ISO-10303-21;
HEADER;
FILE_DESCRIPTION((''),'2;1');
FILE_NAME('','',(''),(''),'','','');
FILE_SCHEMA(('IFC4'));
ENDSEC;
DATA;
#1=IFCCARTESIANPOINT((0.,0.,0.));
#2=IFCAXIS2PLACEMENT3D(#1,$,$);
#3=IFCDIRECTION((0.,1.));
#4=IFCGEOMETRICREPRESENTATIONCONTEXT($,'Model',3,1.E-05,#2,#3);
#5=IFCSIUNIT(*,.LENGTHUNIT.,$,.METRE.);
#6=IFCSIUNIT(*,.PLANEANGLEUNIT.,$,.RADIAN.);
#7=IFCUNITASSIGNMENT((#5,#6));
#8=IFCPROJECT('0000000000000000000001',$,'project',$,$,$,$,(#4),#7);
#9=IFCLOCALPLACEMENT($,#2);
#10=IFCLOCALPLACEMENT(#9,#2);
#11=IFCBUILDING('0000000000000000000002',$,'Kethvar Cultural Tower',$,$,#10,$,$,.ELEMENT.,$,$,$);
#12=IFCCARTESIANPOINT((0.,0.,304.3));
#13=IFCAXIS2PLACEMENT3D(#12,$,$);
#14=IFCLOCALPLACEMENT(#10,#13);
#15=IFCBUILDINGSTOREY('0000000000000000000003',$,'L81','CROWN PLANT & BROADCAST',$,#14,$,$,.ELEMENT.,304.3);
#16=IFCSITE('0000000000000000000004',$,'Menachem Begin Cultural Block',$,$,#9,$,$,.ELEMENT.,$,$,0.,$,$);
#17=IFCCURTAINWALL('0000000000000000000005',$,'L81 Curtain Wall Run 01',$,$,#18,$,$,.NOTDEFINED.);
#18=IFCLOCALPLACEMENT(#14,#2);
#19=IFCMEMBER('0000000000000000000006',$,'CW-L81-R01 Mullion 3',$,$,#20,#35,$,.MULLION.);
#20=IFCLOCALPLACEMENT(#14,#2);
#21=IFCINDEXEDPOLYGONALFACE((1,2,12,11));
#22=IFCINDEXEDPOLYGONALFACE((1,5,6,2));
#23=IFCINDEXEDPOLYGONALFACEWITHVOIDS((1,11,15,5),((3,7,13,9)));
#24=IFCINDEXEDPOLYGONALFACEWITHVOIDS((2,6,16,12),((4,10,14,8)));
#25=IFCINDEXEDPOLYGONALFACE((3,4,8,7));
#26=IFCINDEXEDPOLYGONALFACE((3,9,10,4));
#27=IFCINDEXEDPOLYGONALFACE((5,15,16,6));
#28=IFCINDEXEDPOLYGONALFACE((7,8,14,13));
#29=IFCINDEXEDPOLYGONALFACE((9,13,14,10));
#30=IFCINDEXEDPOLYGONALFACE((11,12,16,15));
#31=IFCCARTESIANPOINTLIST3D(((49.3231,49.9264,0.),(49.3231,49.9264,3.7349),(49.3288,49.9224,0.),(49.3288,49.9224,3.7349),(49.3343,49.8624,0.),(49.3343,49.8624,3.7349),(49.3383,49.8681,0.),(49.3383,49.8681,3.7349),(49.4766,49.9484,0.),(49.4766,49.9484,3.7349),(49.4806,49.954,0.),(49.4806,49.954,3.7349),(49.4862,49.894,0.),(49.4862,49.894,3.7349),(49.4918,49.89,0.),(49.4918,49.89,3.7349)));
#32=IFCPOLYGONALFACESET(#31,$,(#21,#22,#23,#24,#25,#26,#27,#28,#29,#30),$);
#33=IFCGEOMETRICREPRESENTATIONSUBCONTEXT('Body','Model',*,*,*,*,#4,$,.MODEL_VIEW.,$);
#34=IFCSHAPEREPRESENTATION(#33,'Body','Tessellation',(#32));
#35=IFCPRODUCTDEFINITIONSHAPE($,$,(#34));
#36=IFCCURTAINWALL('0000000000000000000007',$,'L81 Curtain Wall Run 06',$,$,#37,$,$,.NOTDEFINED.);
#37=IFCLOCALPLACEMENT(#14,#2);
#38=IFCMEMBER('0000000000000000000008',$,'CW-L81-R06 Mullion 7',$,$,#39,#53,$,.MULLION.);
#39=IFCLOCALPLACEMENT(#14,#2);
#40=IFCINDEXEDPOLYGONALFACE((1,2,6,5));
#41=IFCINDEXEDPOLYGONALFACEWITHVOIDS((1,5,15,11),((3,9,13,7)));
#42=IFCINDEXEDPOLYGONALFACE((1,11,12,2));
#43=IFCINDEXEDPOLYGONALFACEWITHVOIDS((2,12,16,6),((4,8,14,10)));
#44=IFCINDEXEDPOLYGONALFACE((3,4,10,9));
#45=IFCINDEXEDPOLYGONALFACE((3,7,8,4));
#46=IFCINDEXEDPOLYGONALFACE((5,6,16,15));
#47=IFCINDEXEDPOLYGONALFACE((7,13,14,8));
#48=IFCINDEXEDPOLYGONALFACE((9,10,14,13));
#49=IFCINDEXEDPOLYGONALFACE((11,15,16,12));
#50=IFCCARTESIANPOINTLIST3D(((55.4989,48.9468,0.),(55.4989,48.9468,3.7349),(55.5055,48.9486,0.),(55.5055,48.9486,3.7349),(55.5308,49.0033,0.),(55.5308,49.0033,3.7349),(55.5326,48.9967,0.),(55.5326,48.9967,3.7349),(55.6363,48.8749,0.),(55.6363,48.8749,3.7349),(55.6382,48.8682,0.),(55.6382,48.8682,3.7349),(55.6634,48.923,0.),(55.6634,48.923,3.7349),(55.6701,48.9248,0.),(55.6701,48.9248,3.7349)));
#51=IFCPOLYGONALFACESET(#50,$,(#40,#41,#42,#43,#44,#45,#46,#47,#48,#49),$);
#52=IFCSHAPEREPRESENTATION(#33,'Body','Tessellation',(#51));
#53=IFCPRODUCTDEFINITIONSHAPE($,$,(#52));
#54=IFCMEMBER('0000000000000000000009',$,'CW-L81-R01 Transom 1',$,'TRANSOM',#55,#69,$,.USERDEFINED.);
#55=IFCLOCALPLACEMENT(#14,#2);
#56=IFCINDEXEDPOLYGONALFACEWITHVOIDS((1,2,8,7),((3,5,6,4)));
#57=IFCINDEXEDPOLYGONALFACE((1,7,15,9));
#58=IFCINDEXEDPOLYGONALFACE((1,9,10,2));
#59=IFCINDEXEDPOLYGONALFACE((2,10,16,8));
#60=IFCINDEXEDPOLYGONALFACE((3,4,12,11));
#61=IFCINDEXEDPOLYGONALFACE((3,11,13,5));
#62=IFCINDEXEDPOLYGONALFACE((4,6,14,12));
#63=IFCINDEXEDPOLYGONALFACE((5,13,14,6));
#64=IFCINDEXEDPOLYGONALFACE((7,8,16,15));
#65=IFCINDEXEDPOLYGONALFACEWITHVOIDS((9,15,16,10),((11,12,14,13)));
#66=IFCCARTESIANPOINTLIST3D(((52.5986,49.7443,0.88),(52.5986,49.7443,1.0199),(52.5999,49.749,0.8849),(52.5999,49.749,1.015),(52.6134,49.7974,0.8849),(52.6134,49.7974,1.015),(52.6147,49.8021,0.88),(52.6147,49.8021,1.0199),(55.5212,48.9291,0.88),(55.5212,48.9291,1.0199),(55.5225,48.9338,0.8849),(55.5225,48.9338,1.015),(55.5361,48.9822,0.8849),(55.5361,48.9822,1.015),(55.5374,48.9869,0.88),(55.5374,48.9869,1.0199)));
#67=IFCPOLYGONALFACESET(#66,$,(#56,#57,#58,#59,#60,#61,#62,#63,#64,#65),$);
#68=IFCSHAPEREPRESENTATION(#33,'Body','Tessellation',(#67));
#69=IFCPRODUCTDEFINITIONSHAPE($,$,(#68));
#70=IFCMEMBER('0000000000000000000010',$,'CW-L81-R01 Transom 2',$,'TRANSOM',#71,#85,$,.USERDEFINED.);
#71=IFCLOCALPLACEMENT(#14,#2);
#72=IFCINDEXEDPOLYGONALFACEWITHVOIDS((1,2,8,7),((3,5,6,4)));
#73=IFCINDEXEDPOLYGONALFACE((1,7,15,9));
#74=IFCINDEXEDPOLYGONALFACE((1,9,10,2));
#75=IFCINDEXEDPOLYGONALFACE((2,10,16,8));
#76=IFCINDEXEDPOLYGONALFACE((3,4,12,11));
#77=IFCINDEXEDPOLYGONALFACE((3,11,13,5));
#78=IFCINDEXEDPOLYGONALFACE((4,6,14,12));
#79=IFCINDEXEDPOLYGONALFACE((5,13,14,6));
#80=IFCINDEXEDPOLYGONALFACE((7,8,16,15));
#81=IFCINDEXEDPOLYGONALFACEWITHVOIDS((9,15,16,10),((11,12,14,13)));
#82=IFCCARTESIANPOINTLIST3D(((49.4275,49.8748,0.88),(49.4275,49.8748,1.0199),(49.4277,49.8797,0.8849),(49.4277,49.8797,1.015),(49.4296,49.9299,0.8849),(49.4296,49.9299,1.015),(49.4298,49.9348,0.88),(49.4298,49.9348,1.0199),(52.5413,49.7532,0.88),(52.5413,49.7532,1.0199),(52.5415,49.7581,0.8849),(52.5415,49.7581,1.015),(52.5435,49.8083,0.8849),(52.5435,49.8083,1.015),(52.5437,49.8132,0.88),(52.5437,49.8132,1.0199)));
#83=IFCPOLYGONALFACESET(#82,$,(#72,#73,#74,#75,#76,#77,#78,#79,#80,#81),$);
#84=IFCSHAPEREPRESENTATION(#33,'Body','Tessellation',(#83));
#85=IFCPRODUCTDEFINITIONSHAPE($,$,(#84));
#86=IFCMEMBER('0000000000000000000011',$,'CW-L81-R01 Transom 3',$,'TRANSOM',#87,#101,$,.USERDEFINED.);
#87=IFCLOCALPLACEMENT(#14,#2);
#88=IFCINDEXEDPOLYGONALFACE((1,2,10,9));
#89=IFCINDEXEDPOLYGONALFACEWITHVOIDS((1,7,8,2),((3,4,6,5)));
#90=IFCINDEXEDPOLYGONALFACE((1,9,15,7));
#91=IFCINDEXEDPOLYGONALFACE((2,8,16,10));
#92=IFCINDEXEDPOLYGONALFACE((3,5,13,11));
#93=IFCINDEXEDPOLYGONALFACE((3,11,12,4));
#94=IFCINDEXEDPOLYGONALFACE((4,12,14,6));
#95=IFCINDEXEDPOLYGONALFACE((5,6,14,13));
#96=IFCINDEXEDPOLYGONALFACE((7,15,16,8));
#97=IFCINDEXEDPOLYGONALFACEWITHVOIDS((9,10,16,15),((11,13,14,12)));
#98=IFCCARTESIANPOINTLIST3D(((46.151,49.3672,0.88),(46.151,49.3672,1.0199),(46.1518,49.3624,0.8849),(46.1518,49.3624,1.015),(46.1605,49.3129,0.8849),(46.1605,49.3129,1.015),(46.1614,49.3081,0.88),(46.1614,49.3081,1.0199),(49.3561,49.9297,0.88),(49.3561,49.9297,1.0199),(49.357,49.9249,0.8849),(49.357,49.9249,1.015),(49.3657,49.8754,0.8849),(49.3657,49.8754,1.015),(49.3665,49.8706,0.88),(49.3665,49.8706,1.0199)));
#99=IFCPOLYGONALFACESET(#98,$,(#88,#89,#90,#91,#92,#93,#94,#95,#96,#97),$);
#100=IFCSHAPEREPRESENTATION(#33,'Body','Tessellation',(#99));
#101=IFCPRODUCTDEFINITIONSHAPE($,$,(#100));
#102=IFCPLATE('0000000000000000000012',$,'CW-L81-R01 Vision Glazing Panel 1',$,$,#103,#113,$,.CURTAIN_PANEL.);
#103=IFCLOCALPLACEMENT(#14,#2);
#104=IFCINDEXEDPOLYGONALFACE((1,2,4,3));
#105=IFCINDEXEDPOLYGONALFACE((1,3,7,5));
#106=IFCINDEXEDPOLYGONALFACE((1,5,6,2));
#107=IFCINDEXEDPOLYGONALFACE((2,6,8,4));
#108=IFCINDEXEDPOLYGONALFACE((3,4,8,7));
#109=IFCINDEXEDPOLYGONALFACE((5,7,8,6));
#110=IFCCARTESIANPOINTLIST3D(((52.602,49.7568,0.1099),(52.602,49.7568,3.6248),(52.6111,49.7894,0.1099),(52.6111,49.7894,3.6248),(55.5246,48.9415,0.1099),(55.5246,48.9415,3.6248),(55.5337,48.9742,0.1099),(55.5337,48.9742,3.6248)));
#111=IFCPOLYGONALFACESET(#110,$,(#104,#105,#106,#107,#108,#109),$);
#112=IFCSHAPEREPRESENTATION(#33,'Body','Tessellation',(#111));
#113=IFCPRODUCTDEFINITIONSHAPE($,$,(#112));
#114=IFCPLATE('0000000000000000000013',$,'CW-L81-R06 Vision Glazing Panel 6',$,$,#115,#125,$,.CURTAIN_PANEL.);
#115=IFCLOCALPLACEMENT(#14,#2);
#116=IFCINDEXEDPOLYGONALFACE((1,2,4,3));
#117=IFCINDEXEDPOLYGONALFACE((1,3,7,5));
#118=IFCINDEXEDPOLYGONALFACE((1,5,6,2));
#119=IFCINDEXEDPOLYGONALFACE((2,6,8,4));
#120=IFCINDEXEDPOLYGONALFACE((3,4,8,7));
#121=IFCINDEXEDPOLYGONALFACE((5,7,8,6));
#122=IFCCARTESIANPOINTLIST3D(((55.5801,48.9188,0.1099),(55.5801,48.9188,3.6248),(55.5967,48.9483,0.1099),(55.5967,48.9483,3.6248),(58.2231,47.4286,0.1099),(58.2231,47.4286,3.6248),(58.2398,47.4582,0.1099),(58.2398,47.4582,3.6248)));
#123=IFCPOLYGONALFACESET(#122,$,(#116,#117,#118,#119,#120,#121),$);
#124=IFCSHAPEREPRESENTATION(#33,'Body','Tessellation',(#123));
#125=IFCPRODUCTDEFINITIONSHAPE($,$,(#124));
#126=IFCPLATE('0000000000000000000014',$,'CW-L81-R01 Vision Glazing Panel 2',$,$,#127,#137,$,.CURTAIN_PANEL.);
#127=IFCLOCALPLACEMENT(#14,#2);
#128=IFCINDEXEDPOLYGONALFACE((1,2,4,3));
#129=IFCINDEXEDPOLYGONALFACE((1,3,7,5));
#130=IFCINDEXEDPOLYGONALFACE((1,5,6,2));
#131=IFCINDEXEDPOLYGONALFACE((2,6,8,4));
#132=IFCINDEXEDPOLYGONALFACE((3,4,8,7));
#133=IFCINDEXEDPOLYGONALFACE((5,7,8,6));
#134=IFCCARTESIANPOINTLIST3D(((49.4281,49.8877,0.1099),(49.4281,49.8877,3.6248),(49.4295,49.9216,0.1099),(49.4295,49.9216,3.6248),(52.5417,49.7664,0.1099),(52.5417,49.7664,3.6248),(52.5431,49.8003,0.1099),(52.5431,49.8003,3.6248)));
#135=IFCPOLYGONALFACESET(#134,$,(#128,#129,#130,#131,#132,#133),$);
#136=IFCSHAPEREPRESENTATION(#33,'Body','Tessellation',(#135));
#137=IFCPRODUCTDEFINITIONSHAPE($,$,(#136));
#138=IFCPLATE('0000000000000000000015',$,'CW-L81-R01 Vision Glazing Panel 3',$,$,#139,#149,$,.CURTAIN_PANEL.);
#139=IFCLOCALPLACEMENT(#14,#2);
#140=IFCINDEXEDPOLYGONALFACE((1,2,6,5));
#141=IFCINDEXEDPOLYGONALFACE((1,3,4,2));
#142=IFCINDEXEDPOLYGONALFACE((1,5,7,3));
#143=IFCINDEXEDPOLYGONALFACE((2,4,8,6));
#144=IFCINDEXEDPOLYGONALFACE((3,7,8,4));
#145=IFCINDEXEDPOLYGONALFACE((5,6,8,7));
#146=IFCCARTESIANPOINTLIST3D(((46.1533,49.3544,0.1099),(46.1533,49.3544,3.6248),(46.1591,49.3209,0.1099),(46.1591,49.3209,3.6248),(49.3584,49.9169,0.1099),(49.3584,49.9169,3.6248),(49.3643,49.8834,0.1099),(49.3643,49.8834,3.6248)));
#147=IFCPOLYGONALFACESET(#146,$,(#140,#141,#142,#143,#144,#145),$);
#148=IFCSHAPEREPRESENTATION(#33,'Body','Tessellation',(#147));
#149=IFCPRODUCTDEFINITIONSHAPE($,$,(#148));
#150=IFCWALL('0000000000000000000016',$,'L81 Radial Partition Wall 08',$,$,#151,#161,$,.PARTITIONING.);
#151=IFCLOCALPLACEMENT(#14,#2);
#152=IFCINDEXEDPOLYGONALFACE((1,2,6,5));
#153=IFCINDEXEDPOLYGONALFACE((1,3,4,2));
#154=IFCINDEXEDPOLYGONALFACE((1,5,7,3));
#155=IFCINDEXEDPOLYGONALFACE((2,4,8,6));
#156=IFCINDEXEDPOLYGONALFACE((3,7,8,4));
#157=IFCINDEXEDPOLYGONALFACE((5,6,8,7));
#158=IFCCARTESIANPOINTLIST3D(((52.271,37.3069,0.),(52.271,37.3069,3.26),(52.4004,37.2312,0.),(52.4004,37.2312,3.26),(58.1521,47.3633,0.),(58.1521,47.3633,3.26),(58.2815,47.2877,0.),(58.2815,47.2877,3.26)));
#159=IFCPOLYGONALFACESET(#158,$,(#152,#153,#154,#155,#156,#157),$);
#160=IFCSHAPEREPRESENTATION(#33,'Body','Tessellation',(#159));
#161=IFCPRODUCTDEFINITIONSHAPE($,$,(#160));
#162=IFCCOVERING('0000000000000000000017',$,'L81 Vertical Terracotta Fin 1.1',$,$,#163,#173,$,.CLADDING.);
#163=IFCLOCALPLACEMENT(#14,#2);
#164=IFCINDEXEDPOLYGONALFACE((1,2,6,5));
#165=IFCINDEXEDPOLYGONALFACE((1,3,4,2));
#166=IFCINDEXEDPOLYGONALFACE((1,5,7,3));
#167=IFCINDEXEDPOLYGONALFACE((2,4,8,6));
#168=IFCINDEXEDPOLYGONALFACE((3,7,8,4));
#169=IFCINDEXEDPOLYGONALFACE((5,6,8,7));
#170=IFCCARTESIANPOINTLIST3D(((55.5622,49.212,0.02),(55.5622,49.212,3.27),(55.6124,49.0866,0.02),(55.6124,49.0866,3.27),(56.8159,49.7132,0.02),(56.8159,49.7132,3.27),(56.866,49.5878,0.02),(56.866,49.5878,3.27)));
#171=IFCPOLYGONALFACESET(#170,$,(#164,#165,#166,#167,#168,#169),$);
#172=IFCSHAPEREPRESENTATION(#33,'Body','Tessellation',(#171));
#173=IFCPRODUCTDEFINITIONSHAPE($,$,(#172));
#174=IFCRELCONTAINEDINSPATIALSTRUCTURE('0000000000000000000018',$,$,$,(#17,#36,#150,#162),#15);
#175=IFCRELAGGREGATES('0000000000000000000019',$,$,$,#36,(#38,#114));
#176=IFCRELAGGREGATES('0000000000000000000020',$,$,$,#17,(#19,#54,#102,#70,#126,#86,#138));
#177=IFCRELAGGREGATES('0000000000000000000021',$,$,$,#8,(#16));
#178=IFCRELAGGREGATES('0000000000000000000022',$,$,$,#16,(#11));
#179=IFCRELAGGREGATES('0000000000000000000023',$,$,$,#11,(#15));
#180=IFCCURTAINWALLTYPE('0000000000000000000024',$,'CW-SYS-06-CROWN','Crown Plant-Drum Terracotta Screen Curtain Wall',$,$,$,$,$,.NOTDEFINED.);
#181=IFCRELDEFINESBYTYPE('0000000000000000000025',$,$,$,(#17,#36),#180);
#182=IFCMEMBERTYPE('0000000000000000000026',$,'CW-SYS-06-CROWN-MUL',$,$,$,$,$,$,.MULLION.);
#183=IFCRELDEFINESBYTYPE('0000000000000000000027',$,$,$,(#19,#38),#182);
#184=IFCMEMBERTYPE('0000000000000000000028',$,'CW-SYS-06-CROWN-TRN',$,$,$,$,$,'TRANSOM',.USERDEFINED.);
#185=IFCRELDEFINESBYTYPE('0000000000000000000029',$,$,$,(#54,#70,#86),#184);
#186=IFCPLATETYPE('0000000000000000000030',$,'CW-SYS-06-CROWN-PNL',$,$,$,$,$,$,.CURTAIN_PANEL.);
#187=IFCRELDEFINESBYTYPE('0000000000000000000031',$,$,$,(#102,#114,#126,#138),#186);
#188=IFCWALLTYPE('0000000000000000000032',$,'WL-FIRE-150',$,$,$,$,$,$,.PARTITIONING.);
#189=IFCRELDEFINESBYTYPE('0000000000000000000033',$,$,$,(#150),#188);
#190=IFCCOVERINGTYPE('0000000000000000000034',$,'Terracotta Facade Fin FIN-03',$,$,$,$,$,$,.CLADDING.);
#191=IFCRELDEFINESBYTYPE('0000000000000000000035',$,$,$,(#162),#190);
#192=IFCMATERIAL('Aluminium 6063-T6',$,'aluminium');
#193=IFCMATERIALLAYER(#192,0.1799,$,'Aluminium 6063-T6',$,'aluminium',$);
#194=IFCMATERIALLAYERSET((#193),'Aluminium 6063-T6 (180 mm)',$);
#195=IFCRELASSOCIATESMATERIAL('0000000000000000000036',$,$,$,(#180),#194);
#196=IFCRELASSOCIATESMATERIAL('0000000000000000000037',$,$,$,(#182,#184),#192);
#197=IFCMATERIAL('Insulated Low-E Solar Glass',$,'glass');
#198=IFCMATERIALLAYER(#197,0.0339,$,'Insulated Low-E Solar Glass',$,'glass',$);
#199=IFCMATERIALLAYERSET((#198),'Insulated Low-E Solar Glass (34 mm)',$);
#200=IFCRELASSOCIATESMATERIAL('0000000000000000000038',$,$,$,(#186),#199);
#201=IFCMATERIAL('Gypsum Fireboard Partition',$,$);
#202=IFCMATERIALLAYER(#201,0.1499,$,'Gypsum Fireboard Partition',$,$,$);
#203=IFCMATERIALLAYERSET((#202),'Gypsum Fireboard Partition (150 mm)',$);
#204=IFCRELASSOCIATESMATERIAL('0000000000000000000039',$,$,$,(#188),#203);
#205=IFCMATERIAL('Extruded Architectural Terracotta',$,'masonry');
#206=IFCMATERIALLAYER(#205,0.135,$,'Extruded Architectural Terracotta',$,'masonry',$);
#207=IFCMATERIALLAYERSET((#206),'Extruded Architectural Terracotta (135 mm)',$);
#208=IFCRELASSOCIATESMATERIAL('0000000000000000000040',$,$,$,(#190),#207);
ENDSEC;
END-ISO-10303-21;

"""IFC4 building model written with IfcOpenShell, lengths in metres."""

from ifc_helpers import new_model, si_unit, direction, frame, frame_2d, origin, origin_2d, place, context, subcontext, project, spatial, rectangle, hollow_rectangle, extrude, source, transform, mapped, material, layer, layer_set, material_profile, profile_set, type_object, element, aggregate, save


model = new_model("IFC4")

# Units and contexts
model_context = context("Model", 3, precision=1e-05, world=origin(), true_north=direction((0.0, 1.0)))
body_context = subcontext(model_context, "Body", "Model", "MODEL_VIEW")
ifc_project = project(units=[si_unit("LENGTHUNIT", "METRE"), si_unit("PLANEANGLEUNIT", "RADIAN")], contexts=[model_context])

# Site, building, storey
site_placement = place(None, origin())
site = spatial("IfcSite", under=ifc_project, at=site_placement, Name="Menachem Begin Cultural Block", CompositionType="ELEMENT", RefElevation=0.0)
building_placement = place(site_placement, origin())
building = spatial("IfcBuilding", under=site, at=building_placement, Name="Kethvar Cultural Tower", CompositionType="ELEMENT")
storey_placement = place(building_placement, frame((0.0, 0.0, 304.3)))
storey = spatial("IfcBuildingStorey", under=building, at=storey_placement, Name="L81", Description="CROWN PLANT & BROADCAST", CompositionType="ELEMENT", Elevation=304.3)

# Curtain wall, member
ifc_material_1 = material(Name="Aluminium 6063-T6", Category="aluminium")
ifc_layer_1 = layer(ifc_material_1, 0.1799, Name="Aluminium 6063-T6", Category="aluminium")
ifc_layer_set_1 = layer_set([ifc_layer_1], Name="Aluminium 6063-T6 (180 mm)")
curtain_wall_type = type_object("IfcCurtainWallType", Name="CW-SYS-06-CROWN", Description="Crown Plant-Drum Terracotta Screen Curtain Wall", PredefinedType="NOTDEFINED", material=ifc_layer_set_1)
curtain_wall_1_placement = place(storey_placement, origin())
curtain_wall_1 = element("IfcCurtainWall", 1, at=curtain_wall_1_placement, inside=storey, type_object=curtain_wall_type, Name="L81 Curtain Wall Run 01", PredefinedType="NOTDEFINED")
ifc_material_profile_1 = material_profile(ifc_material_1, hollow_rectangle(XDim=0.0649, YDim=0.1599, WallThickness=0.0049, at=origin_2d()), Name="Aluminium 6063-T6 — RHS160x65x5")
ifc_profile_set_1 = profile_set([ifc_material_profile_1], Name="Aluminium 6063-T6 — RHS160x65x5")
member_type_1 = type_object("IfcMemberType", Name="CW-SYS-06-CROWN-MUL", PredefinedType="MULLION", material=ifc_profile_set_1)
shared_shape_1 = source(origin(), body_context, "Body", "SweptSolid", [
    extrude(hollow_rectangle(XDim=0.0649, YDim=0.1599, WallThickness=0.0049, at=origin_2d()), origin(), (0.0, 0.0, 1.0), 3.7349),
])
member_1_placement = place(storey_placement, frame((49.4075, 49.9082, 0.0), z_axis=(0.0, 0.0, 1.0), x_axis=(0.172857, -0.984947, 0.0)))
member_1 = element("IfcMember", 2, at=member_1_placement, type_object=member_type_1, Name="CW-L81-R01 Mullion 3", PredefinedType="MULLION", context=body_context, shape_type="MappedRepresentation", body=[
    mapped(shared_shape_1, transform((0.0, 0.0, 0.0), scale=1.0)),
])

# Curtain wall, member
curtain_wall_2_placement = place(storey_placement, origin())
curtain_wall_2 = element("IfcCurtainWall", 3, at=curtain_wall_2_placement, inside=storey, type_object=curtain_wall_type, Name="L81 Curtain Wall Run 06", PredefinedType="NOTDEFINED")
member_2_placement = place(storey_placement, frame((55.5845, 48.9358, 0.0), z_axis=(0.0, 0.0, 1.0), x_axis=(-0.491117, -0.871094, 0.0)))
member_2 = element("IfcMember", 4, at=member_2_placement, type_object=member_type_1, Name="CW-L81-R06 Mullion 7", PredefinedType="MULLION", context=body_context, shape_type="MappedRepresentation", body=[
    mapped(shared_shape_1, transform((0.0, 0.0, 0.0), scale=1.0)),
])

# Members
ifc_material_profile_2 = material_profile(ifc_material_1, hollow_rectangle(XDim=0.0601, YDim=0.1399, WallThickness=0.0049, at=origin_2d()), Name="Aluminium 6063-T6 — RHS140x60x5")
ifc_profile_set_2 = profile_set([ifc_material_profile_2], Name="Aluminium 6063-T6 — RHS140x60x5")
member_type_2 = type_object("IfcMemberType", Name="CW-SYS-06-CROWN-TRN", ElementType="TRANSOM", PredefinedType="USERDEFINED", material=ifc_profile_set_2)
shared_shape_2 = source(origin(), body_context, "Body", "SweptSolid", [
    extrude(hollow_rectangle(XDim=0.0601, YDim=0.1399, WallThickness=0.0049, at=origin_2d()), origin(), (0.0, 0.0, 1.0), 3.0342),
])
member_3_placement = place(storey_placement, frame((55.5293, 48.958, 0.95), z_axis=(-0.963233, 0.268669, 0.0), x_axis=(-0.268669, -0.963233, 0.0)))
member_3 = element("IfcMember", 5, at=member_3_placement, type_object=member_type_2, Name="CW-L81-R01 Transom 1", ObjectType="TRANSOM", PredefinedType="USERDEFINED", context=body_context, shape_type="MappedRepresentation", body=[
    mapped(shared_shape_2, transform((0.0, 0.0, 0.0), scale=1.0)),
])
shared_shape_3 = source(origin(), body_context, "Body", "SweptSolid", [
    extrude(hollow_rectangle(XDim=0.0601, YDim=0.1399, WallThickness=0.0049, at=origin_2d()), origin(), (0.0, 0.0, 1.0), 3.1162),
])
member_4_placement = place(storey_placement, frame((52.5425, 49.7832, 0.95), z_axis=(-0.999239, 0.039017, 0.0), x_axis=(-0.039017, -0.999239, 0.0)))
member_4 = element("IfcMember", 6, at=member_4_placement, type_object=member_type_2, Name="CW-L81-R01 Transom 2", ObjectType="TRANSOM", PredefinedType="USERDEFINED", context=body_context, shape_type="MappedRepresentation", body=[
    mapped(shared_shape_3, transform((0.0, 0.0, 0.0), scale=1.0)),
])
shared_shape_4 = source(origin(), body_context, "Body", "SweptSolid", [
    extrude(hollow_rectangle(XDim=0.0601, YDim=0.1399, WallThickness=0.0049, at=origin_2d()), origin(), (0.0, 0.0, 1.0), 3.2542),
])
member_5_placement = place(storey_placement, frame((49.3613, 49.9001, 0.95), z_axis=(-0.984946, -0.172861, 0.0), x_axis=(0.172861, -0.984946, 0.0)))
member_5 = element("IfcMember", 7, at=member_5_placement, type_object=member_type_2, Name="CW-L81-R01 Transom 3", ObjectType="TRANSOM", PredefinedType="USERDEFINED", context=body_context, shape_type="MappedRepresentation", body=[
    mapped(shared_shape_4, transform((0.0, 0.0, 0.0), scale=1.0)),
])

# Plates
ifc_material_2 = material(Name="Insulated Low-E Solar Glass", Category="glass")
ifc_layer_2 = layer(ifc_material_2, 0.0339, Name="Insulated Low-E Solar Glass", Category="glass")
ifc_layer_set_2 = layer_set([ifc_layer_2], Name="Insulated Low-E Solar Glass (34 mm)")
plate_type = type_object("IfcPlateType", Name="CW-SYS-06-CROWN-PNL", PredefinedType="CURTAIN_PANEL", material=ifc_layer_set_2)
shared_shape_5 = source(origin(), body_context, "Body", "SweptSolid", [
    extrude(rectangle(XDim=3.0342, YDim=0.0339, at=origin_2d()), origin(), (0.0, 0.0, 1.0), 3.5149),
])
plate_1_placement = place(storey_placement, frame((54.0679, 49.3655, 0.1099), z_axis=(0.0, 0.0, 1.0), x_axis=(-0.963228, 0.268684, 0.0)))
plate_1 = element("IfcPlate", 8, at=plate_1_placement, type_object=plate_type, Name="CW-L81-R01 Vision Glazing Panel 1", PredefinedType="CURTAIN_PANEL", context=body_context, shape_type="MappedRepresentation", body=[
    mapped(shared_shape_5, transform((0.0, 0.0, 0.0), scale=1.0)),
])
plate_2_placement = place(storey_placement, frame((56.9099, 48.1885, 0.1099), z_axis=(0.0, 0.0, 1.0), x_axis=(-0.871094, 0.491117, 0.0)))
plate_2 = element("IfcPlate", 9, at=plate_2_placement, type_object=plate_type, Name="CW-L81-R06 Vision Glazing Panel 6", PredefinedType="CURTAIN_PANEL", context=body_context, shape_type="MappedRepresentation", body=[
    mapped(shared_shape_5, transform((0.0, 0.0, 0.0), scale=1.0)),
])
aggregate(curtain_wall_2, [member_2, plate_2])
shared_shape_6 = source(origin(), body_context, "Body", "SweptSolid", [
    extrude(rectangle(XDim=3.116, YDim=0.0339, at=origin_2d()), origin(), (0.0, 0.0, 1.0), 3.5149),
])
plate_3_placement = place(storey_placement, frame((50.9856, 49.844, 0.1099), z_axis=(0.0, 0.0, 1.0), x_axis=(-0.999241, 0.038946, 0.0)))
plate_3 = element("IfcPlate", 10, at=plate_3_placement, type_object=plate_type, Name="CW-L81-R01 Vision Glazing Panel 2", PredefinedType="CURTAIN_PANEL", context=body_context, shape_type="MappedRepresentation", body=[
    mapped(shared_shape_6, transform((0.0, 0.0, 0.0), scale=1.0)),
])
shared_shape_7 = source(origin(), body_context, "Body", "SweptSolid", [
    extrude(rectangle(XDim=3.2542, YDim=0.0339, at=origin_2d()), origin(), (0.0, 0.0, 1.0), 3.5149),
])
plate_4_placement = place(storey_placement, frame((47.7588, 49.6189, 0.1099), z_axis=(0.0, 0.0, 1.0), x_axis=(-0.984947, -0.172857, 0.0)))
plate_4 = element("IfcPlate", 11, at=plate_4_placement, type_object=plate_type, Name="CW-L81-R01 Vision Glazing Panel 3", PredefinedType="CURTAIN_PANEL", context=body_context, shape_type="MappedRepresentation", body=[
    mapped(shared_shape_7, transform((0.0, 0.0, 0.0), scale=1.0)),
])
aggregate(curtain_wall_1, [member_1, member_3, plate_1, member_4, plate_3, member_5, plate_4])

# Wall
ifc_material_3 = material(Name="Gypsum Fireboard Partition")
ifc_layer_3 = layer(ifc_material_3, 0.1499, Name="Gypsum Fireboard Partition")
ifc_layer_set_3 = layer_set([ifc_layer_3], Name="Gypsum Fireboard Partition (150 mm)")
wall_type = type_object("IfcWallType", Name="WL-FIRE-150", PredefinedType="PARTITIONING", material=ifc_layer_set_3)
wall_placement = place(storey_placement, frame((52.3357, 37.269, 0.0), z_axis=(0.0, 0.0, 1.0), x_axis=(0.504823, 0.863223, 0.0)))
element("IfcWall", 12, at=wall_placement, inside=storey, type_object=wall_type, Name="L81 Radial Partition Wall 08", PredefinedType="PARTITIONING", context=body_context, shape_type="SweptSolid", body=[
    extrude(rectangle(XDim=11.6499, YDim=0.1499, at=frame_2d((5.825, 0.0))), origin(), (0.0, 0.0, 1.0), 3.26),
])

# Covering
ifc_material_4 = material(Name="Extruded Architectural Terracotta", Category="masonry")
ifc_layer_4 = layer(ifc_material_4, 0.135, Name="Extruded Architectural Terracotta", Category="masonry")
ifc_layer_set_4 = layer_set([ifc_layer_4], Name="Extruded Architectural Terracotta (135 mm)")
covering_type = type_object("IfcCoveringType", Name="Terracotta Facade Fin FIN-03", PredefinedType="CLADDING", material=ifc_layer_set_4)
shared_shape_8 = source(origin(), body_context, "Body", "SweptSolid", [
    extrude(rectangle(XDim=1.3501, YDim=0.135, at=origin_2d()), origin(), (0.0, 0.0, 1.0), 3.25),
])
for number, where, z_axis, x_axis, name in (
    (13, (56.2141, 49.3999, 0.02), (0.0, 0.0, 1.0), (0.928551, 0.371206, 0.0), "L81 Vertical Terracotta Fin 1.1"),
):
    element("IfcCovering", number, at=place(storey_placement, frame(where, z_axis=z_axis, x_axis=x_axis)), inside=storey, type_object=covering_type, Name=name, PredefinedType="CLADDING", context=body_context, shape_type="MappedRepresentation", body=[
        mapped(shared_shape_8, transform((0.0, 0.0, 0.0), scale=1.0)),
    ])

save(model, "model.ifc")
